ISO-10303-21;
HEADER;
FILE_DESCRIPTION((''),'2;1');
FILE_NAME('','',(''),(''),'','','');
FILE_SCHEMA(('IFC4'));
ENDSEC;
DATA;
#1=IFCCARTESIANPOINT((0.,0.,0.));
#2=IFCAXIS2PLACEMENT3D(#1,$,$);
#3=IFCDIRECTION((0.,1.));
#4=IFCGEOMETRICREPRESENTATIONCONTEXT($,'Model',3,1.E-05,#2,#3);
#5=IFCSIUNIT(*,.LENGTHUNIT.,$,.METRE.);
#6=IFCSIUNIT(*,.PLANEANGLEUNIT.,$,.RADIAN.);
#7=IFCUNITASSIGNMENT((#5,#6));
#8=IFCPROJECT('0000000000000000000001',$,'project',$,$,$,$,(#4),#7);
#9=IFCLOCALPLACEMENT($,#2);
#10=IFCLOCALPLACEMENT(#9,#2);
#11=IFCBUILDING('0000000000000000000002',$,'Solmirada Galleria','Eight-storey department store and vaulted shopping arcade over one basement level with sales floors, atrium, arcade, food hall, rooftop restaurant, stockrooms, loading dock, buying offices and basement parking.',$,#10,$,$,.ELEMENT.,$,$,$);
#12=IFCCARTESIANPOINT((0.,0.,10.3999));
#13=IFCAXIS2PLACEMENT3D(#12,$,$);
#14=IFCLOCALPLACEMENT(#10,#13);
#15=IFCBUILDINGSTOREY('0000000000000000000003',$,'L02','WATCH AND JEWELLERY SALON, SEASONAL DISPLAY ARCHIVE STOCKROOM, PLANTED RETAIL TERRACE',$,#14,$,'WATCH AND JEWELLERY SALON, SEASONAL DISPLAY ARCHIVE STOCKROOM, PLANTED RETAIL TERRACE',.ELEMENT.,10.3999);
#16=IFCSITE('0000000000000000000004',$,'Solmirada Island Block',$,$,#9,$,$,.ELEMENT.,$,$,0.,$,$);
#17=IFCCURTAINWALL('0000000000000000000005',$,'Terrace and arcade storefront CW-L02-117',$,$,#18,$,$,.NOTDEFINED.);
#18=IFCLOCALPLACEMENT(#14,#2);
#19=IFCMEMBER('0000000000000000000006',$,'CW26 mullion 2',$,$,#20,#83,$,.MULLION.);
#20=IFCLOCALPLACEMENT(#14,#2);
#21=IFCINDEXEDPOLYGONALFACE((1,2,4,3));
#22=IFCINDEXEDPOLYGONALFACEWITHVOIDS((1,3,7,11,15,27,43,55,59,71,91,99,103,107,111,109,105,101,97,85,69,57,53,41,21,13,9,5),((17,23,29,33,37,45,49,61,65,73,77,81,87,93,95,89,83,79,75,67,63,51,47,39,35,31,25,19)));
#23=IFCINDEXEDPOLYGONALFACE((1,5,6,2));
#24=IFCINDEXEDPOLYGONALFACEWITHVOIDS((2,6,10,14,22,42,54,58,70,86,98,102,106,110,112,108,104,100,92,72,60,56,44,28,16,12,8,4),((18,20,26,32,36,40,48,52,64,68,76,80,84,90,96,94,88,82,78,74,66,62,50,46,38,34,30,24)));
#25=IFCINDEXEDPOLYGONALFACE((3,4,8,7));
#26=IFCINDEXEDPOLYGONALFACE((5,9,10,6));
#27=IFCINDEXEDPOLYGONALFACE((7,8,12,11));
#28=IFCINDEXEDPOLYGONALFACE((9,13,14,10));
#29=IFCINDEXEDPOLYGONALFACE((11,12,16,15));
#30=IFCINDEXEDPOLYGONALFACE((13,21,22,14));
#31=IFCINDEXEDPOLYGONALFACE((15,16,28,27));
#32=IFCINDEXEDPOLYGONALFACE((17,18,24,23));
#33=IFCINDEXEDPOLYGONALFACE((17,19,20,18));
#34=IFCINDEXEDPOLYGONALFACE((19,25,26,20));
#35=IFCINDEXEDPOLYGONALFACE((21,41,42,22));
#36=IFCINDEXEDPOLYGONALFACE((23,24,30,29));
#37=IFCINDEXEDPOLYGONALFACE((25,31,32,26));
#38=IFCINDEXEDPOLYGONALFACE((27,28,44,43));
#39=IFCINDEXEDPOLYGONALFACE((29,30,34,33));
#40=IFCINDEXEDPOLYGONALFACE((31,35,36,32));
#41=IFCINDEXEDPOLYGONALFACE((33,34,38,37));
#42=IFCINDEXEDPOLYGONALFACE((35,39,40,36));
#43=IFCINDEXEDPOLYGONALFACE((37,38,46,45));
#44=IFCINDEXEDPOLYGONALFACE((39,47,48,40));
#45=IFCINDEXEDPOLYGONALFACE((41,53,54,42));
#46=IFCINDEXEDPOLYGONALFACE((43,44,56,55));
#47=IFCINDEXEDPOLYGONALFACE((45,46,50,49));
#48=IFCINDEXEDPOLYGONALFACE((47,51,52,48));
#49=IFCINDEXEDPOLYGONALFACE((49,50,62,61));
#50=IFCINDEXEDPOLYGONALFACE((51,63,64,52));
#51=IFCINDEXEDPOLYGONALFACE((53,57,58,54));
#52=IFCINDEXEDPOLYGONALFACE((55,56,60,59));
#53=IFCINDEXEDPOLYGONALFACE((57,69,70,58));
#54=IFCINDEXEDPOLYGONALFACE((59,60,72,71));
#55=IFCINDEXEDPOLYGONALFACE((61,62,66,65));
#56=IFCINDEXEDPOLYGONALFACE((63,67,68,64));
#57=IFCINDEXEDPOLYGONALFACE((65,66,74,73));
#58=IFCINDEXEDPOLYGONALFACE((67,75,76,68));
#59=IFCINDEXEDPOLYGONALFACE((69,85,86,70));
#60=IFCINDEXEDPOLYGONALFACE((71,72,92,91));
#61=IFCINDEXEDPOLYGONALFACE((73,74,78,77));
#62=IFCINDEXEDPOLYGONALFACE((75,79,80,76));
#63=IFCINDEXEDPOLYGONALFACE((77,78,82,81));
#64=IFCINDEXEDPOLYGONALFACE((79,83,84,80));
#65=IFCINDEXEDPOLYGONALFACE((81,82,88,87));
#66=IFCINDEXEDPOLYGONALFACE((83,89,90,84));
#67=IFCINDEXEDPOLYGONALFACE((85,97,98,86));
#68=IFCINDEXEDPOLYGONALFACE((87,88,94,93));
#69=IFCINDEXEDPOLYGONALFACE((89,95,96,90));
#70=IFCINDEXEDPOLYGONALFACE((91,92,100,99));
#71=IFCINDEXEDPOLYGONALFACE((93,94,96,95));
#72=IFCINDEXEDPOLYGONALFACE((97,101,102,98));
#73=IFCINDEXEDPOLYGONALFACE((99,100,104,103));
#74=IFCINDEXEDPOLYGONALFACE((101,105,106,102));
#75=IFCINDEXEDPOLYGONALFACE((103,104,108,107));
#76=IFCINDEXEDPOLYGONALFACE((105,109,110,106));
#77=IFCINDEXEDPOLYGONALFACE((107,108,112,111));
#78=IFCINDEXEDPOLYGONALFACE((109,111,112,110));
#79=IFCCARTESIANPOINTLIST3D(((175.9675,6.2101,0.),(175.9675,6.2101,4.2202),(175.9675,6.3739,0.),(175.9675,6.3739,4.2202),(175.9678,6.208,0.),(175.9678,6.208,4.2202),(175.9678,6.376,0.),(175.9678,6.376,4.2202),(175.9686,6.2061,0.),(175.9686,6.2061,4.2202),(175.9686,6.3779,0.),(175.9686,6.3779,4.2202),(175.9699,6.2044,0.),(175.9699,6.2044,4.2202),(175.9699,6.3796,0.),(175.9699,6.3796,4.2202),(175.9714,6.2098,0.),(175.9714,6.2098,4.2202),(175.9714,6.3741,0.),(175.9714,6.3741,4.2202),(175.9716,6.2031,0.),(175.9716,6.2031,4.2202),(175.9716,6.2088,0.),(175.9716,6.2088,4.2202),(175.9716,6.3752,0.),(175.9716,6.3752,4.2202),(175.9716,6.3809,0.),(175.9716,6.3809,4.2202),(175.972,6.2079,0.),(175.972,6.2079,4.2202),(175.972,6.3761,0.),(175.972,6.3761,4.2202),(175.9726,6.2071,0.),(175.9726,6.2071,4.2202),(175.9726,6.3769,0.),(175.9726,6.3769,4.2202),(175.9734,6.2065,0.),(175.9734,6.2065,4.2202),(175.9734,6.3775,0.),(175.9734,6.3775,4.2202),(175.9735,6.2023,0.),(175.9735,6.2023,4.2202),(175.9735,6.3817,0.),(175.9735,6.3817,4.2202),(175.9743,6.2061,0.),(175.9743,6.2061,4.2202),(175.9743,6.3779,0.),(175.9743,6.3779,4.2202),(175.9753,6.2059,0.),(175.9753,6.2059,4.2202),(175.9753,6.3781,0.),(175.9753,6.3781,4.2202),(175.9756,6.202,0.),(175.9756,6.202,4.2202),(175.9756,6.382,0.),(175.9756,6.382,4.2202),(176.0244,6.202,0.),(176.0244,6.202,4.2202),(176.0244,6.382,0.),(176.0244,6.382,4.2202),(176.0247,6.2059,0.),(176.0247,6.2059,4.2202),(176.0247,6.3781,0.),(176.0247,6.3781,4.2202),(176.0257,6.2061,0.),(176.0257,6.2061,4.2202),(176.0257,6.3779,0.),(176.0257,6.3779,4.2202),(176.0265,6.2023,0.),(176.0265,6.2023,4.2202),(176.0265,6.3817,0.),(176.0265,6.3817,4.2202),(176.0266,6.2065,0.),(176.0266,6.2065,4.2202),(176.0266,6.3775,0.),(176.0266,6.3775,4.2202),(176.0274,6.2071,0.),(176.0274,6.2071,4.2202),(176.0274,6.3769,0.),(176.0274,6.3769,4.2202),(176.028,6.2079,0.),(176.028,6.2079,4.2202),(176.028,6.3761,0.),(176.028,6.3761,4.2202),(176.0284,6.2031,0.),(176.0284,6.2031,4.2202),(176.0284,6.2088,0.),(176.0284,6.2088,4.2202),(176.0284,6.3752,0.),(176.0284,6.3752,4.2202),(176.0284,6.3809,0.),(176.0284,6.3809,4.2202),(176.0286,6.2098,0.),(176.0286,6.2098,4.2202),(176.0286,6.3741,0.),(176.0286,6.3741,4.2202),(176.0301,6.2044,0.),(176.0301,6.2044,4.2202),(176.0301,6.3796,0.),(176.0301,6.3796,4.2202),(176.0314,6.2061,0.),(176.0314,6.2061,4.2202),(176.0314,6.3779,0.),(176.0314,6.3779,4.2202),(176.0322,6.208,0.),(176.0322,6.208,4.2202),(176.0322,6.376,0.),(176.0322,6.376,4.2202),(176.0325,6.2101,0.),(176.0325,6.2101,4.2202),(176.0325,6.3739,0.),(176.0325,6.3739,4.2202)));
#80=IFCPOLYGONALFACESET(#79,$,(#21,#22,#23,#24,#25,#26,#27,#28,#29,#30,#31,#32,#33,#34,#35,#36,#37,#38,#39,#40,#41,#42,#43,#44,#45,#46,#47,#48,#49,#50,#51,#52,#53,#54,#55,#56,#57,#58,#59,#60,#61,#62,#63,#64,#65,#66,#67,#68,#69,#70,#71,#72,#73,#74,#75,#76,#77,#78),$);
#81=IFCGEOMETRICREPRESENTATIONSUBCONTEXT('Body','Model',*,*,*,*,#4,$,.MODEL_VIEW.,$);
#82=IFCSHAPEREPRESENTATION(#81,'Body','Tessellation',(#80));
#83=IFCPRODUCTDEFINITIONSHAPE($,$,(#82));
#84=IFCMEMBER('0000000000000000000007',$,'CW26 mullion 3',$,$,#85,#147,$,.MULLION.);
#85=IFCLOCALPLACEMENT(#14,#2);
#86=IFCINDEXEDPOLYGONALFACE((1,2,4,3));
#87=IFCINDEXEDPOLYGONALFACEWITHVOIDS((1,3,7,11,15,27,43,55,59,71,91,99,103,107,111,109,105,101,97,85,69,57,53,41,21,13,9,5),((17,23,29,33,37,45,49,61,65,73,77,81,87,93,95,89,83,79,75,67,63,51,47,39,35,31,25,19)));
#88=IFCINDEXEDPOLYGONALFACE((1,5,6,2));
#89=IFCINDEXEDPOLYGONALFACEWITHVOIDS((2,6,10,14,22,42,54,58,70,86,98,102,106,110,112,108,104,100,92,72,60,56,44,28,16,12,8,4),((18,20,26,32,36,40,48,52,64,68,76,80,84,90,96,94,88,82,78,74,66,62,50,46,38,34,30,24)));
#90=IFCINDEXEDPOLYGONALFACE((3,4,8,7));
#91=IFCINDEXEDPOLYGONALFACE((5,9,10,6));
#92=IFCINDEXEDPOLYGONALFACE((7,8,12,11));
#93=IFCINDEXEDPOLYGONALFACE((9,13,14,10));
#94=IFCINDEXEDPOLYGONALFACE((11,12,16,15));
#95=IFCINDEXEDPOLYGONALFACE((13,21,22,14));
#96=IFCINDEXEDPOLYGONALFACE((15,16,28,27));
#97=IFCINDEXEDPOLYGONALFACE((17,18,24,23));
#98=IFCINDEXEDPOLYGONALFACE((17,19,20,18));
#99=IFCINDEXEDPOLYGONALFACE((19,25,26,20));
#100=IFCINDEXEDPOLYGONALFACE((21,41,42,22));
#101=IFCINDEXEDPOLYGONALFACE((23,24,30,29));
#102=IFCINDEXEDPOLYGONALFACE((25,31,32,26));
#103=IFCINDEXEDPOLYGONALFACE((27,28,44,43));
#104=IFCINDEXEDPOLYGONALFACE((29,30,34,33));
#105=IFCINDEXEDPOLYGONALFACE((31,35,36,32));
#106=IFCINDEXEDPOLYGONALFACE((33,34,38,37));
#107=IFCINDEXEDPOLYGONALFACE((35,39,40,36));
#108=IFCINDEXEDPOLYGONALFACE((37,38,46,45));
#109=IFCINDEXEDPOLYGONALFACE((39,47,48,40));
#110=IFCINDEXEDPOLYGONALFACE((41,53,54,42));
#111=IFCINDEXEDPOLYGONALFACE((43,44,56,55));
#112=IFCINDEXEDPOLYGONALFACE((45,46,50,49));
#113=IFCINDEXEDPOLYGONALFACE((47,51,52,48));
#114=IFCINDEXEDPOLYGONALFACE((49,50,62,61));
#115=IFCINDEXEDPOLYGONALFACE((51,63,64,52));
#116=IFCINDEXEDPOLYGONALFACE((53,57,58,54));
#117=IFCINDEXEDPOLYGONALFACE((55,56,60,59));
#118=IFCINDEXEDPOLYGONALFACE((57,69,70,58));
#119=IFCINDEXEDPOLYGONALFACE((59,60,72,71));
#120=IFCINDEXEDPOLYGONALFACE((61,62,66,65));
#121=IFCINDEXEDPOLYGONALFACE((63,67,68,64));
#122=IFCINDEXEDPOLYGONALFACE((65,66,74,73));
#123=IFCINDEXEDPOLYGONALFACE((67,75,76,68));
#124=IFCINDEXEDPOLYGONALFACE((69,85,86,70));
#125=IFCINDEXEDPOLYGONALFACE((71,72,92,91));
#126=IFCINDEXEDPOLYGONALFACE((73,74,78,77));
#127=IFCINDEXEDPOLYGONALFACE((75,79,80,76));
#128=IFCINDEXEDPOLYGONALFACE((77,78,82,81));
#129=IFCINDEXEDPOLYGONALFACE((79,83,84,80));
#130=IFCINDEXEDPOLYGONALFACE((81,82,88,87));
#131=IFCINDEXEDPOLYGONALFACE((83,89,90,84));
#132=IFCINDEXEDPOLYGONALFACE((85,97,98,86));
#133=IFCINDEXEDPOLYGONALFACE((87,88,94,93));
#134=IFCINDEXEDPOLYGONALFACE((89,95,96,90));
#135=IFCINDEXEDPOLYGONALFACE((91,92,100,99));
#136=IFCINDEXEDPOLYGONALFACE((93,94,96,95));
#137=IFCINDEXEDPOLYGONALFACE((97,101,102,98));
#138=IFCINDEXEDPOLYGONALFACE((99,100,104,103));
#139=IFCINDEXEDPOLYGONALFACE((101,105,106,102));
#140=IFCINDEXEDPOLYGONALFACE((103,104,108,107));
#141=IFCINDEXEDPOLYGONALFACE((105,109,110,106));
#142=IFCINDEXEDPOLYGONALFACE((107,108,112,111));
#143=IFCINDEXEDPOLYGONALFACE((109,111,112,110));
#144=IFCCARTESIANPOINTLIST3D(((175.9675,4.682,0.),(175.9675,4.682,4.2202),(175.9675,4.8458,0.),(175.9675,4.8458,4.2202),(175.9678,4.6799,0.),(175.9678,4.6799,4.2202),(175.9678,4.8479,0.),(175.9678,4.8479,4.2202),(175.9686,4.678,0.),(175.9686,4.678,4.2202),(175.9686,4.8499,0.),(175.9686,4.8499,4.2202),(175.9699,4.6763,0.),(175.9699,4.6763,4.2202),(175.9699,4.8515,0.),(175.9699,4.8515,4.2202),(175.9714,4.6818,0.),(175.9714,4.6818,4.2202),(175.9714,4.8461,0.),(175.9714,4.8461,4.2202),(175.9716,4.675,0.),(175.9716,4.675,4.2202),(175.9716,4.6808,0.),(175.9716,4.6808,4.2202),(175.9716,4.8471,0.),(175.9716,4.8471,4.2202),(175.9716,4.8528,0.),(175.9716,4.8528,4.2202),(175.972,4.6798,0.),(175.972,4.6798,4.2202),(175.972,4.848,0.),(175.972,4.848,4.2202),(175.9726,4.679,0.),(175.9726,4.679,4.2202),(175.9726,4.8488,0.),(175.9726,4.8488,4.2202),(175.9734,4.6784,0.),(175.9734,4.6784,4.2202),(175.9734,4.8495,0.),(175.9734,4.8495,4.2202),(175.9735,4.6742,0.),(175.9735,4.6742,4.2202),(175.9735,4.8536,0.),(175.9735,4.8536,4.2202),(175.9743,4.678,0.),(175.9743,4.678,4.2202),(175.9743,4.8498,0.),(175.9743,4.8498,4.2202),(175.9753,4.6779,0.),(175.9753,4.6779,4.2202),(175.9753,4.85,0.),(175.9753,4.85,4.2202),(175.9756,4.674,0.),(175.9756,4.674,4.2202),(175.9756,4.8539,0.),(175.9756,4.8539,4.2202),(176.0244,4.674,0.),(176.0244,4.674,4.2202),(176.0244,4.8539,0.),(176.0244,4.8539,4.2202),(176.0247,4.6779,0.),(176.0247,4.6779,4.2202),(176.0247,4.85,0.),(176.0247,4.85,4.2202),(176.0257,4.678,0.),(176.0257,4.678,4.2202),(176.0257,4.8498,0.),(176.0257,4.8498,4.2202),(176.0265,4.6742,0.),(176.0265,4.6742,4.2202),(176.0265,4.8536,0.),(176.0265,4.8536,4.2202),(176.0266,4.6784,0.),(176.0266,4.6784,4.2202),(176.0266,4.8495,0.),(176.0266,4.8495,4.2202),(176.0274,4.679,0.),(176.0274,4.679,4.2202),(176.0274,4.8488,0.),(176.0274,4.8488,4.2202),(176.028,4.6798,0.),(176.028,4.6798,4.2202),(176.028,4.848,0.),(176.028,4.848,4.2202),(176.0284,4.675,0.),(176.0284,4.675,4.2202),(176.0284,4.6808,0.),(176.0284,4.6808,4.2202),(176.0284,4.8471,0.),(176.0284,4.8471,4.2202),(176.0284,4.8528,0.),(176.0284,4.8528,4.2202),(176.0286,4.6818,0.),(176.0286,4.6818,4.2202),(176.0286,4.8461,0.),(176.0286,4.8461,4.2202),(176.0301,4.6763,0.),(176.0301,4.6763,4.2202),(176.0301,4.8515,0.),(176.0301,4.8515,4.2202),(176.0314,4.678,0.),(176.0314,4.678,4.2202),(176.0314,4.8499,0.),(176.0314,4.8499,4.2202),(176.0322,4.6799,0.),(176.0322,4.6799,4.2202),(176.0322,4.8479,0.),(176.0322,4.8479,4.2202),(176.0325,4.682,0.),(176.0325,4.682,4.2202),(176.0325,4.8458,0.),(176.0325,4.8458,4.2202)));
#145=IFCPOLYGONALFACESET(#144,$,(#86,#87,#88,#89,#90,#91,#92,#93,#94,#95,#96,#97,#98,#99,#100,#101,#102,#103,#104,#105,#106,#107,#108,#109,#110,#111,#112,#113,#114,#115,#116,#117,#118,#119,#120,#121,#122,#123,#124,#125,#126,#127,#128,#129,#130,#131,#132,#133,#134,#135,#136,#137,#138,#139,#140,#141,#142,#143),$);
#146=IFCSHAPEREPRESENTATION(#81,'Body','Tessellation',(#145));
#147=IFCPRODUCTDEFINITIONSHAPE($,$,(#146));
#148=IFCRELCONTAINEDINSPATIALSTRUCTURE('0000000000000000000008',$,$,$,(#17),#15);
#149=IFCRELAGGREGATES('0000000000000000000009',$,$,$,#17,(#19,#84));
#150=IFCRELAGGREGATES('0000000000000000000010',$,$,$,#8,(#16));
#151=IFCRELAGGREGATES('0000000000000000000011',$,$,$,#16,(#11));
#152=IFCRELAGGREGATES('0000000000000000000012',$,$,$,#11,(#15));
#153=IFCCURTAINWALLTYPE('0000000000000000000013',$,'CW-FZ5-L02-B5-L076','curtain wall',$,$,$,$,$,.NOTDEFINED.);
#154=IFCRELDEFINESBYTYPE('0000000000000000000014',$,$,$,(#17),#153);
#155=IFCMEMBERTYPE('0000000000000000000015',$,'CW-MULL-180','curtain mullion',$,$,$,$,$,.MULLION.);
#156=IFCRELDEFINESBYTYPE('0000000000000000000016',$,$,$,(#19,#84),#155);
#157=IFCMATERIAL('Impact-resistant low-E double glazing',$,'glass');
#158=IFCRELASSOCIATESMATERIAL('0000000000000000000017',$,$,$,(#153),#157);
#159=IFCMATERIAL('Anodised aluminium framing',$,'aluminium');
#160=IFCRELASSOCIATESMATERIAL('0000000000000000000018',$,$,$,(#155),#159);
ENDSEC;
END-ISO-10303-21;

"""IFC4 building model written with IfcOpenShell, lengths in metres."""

from ifc_helpers import new_model, si_unit, direction, frame, origin, origin_2d, place, context, subcontext, project, spatial, hollow_rectangle, extrude, material, material_profile, profile_set, type_object, element, aggregate, save


model = new_model("IFC4")

# Units and contexts
model_context = context("Model", 3, precision=1e-05, world=origin(), true_north=direction((0.0, 1.0)))
body_context = subcontext(model_context, "Body", "Model", "MODEL_VIEW")
ifc_project = project(units=[si_unit("LENGTHUNIT", "METRE"), si_unit("PLANEANGLEUNIT", "RADIAN")], contexts=[model_context])

# Site, building, storey
site_placement = place(None, origin())
site = spatial("IfcSite", under=ifc_project, at=site_placement, Name="Solmirada Island Block", CompositionType="ELEMENT", RefElevation=0.0)
building_placement = place(site_placement, origin())
building = spatial("IfcBuilding", under=site, at=building_placement, Name="Solmirada Galleria", Description="Eight-storey department store and vaulted shopping arcade over one basement level with sales floors, atrium, arcade, food hall, rooftop restaurant, stockrooms, loading dock, buying offices and basement parking.", CompositionType="ELEMENT")
storey_placement = place(building_placement, frame((0.0, 0.0, 10.3999)))
storey = spatial("IfcBuildingStorey", under=building, at=storey_placement, Name="L02", Description="WATCH AND JEWELLERY SALON, SEASONAL DISPLAY ARCHIVE STOCKROOM, PLANTED RETAIL TERRACE", LongName="WATCH AND JEWELLERY SALON, SEASONAL DISPLAY ARCHIVE STOCKROOM, PLANTED RETAIL TERRACE", CompositionType="ELEMENT", Elevation=10.3999)

# Shared definitions
ifc_material_1 = material(Name="Impact-resistant low-E double glazing", Category="glass")
curtain_wall_type = type_object("IfcCurtainWallType", Name="CW-FZ5-L02-B5-L076", Description="curtain wall", PredefinedType="NOTDEFINED", material=ifc_material_1)
ifc_material_2 = material(Name="Anodised aluminium framing", Category="aluminium")
ifc_material_profile_1 = material_profile(ifc_material_2, hollow_rectangle(XDim=0.0649, YDim=0.1799, WallThickness=0.0039, InnerFilletRadius=0.0039, OuterFilletRadius=0.0081, at=origin_2d()), Name="ALU-MULL-180X65")
ifc_profile_set_1 = profile_set([ifc_material_profile_1], Name="Anodised aluminium framing")
member_type_1 = type_object("IfcMemberType", Name="CW-MULL-180", Description="curtain mullion", PredefinedType="MULLION", material=ifc_profile_set_1)

# Curtain wall, members
curtain_wall_1_placement = place(storey_placement, origin())
curtain_wall_1 = element("IfcCurtainWall", 1, at=curtain_wall_1_placement, inside=storey, type_object=curtain_wall_type, Name="Terrace and arcade storefront CW-L02-117", PredefinedType="NOTDEFINED")
member_1_placement = place(storey_placement, frame((176.0, 6.292, 0.0), z_axis=(0.0, 0.0, 1.0), x_axis=(1.0, 0.0, 0.0)))
member_1 = element("IfcMember", 2, at=member_1_placement, type_object=member_type_1, Name="CW26 mullion 2", PredefinedType="MULLION", context=body_context, shape_type="SweptSolid", body=[
    extrude(hollow_rectangle(XDim=0.0649, YDim=0.1799, WallThickness=0.0039, InnerFilletRadius=0.0039, OuterFilletRadius=0.0081, at=origin_2d()), origin(), (0.0, 0.0, 1.0), 4.2202),
])
member_2_placement = place(storey_placement, frame((176.0, 4.7639, 0.0), z_axis=(0.0, 0.0, 1.0), x_axis=(1.0, 0.0, 0.0)))
member_2 = element("IfcMember", 3, at=member_2_placement, type_object=member_type_1, Name="CW26 mullion 3", PredefinedType="MULLION", context=body_context, shape_type="SweptSolid", body=[
    extrude(hollow_rectangle(XDim=0.0649, YDim=0.1799, WallThickness=0.0039, InnerFilletRadius=0.0039, OuterFilletRadius=0.0081, at=origin_2d()), origin(), (0.0, 0.0, 1.0), 4.2202),
])

aggregate(curtain_wall_1, [member_1, member_2])

save(model, "model.ifc")
